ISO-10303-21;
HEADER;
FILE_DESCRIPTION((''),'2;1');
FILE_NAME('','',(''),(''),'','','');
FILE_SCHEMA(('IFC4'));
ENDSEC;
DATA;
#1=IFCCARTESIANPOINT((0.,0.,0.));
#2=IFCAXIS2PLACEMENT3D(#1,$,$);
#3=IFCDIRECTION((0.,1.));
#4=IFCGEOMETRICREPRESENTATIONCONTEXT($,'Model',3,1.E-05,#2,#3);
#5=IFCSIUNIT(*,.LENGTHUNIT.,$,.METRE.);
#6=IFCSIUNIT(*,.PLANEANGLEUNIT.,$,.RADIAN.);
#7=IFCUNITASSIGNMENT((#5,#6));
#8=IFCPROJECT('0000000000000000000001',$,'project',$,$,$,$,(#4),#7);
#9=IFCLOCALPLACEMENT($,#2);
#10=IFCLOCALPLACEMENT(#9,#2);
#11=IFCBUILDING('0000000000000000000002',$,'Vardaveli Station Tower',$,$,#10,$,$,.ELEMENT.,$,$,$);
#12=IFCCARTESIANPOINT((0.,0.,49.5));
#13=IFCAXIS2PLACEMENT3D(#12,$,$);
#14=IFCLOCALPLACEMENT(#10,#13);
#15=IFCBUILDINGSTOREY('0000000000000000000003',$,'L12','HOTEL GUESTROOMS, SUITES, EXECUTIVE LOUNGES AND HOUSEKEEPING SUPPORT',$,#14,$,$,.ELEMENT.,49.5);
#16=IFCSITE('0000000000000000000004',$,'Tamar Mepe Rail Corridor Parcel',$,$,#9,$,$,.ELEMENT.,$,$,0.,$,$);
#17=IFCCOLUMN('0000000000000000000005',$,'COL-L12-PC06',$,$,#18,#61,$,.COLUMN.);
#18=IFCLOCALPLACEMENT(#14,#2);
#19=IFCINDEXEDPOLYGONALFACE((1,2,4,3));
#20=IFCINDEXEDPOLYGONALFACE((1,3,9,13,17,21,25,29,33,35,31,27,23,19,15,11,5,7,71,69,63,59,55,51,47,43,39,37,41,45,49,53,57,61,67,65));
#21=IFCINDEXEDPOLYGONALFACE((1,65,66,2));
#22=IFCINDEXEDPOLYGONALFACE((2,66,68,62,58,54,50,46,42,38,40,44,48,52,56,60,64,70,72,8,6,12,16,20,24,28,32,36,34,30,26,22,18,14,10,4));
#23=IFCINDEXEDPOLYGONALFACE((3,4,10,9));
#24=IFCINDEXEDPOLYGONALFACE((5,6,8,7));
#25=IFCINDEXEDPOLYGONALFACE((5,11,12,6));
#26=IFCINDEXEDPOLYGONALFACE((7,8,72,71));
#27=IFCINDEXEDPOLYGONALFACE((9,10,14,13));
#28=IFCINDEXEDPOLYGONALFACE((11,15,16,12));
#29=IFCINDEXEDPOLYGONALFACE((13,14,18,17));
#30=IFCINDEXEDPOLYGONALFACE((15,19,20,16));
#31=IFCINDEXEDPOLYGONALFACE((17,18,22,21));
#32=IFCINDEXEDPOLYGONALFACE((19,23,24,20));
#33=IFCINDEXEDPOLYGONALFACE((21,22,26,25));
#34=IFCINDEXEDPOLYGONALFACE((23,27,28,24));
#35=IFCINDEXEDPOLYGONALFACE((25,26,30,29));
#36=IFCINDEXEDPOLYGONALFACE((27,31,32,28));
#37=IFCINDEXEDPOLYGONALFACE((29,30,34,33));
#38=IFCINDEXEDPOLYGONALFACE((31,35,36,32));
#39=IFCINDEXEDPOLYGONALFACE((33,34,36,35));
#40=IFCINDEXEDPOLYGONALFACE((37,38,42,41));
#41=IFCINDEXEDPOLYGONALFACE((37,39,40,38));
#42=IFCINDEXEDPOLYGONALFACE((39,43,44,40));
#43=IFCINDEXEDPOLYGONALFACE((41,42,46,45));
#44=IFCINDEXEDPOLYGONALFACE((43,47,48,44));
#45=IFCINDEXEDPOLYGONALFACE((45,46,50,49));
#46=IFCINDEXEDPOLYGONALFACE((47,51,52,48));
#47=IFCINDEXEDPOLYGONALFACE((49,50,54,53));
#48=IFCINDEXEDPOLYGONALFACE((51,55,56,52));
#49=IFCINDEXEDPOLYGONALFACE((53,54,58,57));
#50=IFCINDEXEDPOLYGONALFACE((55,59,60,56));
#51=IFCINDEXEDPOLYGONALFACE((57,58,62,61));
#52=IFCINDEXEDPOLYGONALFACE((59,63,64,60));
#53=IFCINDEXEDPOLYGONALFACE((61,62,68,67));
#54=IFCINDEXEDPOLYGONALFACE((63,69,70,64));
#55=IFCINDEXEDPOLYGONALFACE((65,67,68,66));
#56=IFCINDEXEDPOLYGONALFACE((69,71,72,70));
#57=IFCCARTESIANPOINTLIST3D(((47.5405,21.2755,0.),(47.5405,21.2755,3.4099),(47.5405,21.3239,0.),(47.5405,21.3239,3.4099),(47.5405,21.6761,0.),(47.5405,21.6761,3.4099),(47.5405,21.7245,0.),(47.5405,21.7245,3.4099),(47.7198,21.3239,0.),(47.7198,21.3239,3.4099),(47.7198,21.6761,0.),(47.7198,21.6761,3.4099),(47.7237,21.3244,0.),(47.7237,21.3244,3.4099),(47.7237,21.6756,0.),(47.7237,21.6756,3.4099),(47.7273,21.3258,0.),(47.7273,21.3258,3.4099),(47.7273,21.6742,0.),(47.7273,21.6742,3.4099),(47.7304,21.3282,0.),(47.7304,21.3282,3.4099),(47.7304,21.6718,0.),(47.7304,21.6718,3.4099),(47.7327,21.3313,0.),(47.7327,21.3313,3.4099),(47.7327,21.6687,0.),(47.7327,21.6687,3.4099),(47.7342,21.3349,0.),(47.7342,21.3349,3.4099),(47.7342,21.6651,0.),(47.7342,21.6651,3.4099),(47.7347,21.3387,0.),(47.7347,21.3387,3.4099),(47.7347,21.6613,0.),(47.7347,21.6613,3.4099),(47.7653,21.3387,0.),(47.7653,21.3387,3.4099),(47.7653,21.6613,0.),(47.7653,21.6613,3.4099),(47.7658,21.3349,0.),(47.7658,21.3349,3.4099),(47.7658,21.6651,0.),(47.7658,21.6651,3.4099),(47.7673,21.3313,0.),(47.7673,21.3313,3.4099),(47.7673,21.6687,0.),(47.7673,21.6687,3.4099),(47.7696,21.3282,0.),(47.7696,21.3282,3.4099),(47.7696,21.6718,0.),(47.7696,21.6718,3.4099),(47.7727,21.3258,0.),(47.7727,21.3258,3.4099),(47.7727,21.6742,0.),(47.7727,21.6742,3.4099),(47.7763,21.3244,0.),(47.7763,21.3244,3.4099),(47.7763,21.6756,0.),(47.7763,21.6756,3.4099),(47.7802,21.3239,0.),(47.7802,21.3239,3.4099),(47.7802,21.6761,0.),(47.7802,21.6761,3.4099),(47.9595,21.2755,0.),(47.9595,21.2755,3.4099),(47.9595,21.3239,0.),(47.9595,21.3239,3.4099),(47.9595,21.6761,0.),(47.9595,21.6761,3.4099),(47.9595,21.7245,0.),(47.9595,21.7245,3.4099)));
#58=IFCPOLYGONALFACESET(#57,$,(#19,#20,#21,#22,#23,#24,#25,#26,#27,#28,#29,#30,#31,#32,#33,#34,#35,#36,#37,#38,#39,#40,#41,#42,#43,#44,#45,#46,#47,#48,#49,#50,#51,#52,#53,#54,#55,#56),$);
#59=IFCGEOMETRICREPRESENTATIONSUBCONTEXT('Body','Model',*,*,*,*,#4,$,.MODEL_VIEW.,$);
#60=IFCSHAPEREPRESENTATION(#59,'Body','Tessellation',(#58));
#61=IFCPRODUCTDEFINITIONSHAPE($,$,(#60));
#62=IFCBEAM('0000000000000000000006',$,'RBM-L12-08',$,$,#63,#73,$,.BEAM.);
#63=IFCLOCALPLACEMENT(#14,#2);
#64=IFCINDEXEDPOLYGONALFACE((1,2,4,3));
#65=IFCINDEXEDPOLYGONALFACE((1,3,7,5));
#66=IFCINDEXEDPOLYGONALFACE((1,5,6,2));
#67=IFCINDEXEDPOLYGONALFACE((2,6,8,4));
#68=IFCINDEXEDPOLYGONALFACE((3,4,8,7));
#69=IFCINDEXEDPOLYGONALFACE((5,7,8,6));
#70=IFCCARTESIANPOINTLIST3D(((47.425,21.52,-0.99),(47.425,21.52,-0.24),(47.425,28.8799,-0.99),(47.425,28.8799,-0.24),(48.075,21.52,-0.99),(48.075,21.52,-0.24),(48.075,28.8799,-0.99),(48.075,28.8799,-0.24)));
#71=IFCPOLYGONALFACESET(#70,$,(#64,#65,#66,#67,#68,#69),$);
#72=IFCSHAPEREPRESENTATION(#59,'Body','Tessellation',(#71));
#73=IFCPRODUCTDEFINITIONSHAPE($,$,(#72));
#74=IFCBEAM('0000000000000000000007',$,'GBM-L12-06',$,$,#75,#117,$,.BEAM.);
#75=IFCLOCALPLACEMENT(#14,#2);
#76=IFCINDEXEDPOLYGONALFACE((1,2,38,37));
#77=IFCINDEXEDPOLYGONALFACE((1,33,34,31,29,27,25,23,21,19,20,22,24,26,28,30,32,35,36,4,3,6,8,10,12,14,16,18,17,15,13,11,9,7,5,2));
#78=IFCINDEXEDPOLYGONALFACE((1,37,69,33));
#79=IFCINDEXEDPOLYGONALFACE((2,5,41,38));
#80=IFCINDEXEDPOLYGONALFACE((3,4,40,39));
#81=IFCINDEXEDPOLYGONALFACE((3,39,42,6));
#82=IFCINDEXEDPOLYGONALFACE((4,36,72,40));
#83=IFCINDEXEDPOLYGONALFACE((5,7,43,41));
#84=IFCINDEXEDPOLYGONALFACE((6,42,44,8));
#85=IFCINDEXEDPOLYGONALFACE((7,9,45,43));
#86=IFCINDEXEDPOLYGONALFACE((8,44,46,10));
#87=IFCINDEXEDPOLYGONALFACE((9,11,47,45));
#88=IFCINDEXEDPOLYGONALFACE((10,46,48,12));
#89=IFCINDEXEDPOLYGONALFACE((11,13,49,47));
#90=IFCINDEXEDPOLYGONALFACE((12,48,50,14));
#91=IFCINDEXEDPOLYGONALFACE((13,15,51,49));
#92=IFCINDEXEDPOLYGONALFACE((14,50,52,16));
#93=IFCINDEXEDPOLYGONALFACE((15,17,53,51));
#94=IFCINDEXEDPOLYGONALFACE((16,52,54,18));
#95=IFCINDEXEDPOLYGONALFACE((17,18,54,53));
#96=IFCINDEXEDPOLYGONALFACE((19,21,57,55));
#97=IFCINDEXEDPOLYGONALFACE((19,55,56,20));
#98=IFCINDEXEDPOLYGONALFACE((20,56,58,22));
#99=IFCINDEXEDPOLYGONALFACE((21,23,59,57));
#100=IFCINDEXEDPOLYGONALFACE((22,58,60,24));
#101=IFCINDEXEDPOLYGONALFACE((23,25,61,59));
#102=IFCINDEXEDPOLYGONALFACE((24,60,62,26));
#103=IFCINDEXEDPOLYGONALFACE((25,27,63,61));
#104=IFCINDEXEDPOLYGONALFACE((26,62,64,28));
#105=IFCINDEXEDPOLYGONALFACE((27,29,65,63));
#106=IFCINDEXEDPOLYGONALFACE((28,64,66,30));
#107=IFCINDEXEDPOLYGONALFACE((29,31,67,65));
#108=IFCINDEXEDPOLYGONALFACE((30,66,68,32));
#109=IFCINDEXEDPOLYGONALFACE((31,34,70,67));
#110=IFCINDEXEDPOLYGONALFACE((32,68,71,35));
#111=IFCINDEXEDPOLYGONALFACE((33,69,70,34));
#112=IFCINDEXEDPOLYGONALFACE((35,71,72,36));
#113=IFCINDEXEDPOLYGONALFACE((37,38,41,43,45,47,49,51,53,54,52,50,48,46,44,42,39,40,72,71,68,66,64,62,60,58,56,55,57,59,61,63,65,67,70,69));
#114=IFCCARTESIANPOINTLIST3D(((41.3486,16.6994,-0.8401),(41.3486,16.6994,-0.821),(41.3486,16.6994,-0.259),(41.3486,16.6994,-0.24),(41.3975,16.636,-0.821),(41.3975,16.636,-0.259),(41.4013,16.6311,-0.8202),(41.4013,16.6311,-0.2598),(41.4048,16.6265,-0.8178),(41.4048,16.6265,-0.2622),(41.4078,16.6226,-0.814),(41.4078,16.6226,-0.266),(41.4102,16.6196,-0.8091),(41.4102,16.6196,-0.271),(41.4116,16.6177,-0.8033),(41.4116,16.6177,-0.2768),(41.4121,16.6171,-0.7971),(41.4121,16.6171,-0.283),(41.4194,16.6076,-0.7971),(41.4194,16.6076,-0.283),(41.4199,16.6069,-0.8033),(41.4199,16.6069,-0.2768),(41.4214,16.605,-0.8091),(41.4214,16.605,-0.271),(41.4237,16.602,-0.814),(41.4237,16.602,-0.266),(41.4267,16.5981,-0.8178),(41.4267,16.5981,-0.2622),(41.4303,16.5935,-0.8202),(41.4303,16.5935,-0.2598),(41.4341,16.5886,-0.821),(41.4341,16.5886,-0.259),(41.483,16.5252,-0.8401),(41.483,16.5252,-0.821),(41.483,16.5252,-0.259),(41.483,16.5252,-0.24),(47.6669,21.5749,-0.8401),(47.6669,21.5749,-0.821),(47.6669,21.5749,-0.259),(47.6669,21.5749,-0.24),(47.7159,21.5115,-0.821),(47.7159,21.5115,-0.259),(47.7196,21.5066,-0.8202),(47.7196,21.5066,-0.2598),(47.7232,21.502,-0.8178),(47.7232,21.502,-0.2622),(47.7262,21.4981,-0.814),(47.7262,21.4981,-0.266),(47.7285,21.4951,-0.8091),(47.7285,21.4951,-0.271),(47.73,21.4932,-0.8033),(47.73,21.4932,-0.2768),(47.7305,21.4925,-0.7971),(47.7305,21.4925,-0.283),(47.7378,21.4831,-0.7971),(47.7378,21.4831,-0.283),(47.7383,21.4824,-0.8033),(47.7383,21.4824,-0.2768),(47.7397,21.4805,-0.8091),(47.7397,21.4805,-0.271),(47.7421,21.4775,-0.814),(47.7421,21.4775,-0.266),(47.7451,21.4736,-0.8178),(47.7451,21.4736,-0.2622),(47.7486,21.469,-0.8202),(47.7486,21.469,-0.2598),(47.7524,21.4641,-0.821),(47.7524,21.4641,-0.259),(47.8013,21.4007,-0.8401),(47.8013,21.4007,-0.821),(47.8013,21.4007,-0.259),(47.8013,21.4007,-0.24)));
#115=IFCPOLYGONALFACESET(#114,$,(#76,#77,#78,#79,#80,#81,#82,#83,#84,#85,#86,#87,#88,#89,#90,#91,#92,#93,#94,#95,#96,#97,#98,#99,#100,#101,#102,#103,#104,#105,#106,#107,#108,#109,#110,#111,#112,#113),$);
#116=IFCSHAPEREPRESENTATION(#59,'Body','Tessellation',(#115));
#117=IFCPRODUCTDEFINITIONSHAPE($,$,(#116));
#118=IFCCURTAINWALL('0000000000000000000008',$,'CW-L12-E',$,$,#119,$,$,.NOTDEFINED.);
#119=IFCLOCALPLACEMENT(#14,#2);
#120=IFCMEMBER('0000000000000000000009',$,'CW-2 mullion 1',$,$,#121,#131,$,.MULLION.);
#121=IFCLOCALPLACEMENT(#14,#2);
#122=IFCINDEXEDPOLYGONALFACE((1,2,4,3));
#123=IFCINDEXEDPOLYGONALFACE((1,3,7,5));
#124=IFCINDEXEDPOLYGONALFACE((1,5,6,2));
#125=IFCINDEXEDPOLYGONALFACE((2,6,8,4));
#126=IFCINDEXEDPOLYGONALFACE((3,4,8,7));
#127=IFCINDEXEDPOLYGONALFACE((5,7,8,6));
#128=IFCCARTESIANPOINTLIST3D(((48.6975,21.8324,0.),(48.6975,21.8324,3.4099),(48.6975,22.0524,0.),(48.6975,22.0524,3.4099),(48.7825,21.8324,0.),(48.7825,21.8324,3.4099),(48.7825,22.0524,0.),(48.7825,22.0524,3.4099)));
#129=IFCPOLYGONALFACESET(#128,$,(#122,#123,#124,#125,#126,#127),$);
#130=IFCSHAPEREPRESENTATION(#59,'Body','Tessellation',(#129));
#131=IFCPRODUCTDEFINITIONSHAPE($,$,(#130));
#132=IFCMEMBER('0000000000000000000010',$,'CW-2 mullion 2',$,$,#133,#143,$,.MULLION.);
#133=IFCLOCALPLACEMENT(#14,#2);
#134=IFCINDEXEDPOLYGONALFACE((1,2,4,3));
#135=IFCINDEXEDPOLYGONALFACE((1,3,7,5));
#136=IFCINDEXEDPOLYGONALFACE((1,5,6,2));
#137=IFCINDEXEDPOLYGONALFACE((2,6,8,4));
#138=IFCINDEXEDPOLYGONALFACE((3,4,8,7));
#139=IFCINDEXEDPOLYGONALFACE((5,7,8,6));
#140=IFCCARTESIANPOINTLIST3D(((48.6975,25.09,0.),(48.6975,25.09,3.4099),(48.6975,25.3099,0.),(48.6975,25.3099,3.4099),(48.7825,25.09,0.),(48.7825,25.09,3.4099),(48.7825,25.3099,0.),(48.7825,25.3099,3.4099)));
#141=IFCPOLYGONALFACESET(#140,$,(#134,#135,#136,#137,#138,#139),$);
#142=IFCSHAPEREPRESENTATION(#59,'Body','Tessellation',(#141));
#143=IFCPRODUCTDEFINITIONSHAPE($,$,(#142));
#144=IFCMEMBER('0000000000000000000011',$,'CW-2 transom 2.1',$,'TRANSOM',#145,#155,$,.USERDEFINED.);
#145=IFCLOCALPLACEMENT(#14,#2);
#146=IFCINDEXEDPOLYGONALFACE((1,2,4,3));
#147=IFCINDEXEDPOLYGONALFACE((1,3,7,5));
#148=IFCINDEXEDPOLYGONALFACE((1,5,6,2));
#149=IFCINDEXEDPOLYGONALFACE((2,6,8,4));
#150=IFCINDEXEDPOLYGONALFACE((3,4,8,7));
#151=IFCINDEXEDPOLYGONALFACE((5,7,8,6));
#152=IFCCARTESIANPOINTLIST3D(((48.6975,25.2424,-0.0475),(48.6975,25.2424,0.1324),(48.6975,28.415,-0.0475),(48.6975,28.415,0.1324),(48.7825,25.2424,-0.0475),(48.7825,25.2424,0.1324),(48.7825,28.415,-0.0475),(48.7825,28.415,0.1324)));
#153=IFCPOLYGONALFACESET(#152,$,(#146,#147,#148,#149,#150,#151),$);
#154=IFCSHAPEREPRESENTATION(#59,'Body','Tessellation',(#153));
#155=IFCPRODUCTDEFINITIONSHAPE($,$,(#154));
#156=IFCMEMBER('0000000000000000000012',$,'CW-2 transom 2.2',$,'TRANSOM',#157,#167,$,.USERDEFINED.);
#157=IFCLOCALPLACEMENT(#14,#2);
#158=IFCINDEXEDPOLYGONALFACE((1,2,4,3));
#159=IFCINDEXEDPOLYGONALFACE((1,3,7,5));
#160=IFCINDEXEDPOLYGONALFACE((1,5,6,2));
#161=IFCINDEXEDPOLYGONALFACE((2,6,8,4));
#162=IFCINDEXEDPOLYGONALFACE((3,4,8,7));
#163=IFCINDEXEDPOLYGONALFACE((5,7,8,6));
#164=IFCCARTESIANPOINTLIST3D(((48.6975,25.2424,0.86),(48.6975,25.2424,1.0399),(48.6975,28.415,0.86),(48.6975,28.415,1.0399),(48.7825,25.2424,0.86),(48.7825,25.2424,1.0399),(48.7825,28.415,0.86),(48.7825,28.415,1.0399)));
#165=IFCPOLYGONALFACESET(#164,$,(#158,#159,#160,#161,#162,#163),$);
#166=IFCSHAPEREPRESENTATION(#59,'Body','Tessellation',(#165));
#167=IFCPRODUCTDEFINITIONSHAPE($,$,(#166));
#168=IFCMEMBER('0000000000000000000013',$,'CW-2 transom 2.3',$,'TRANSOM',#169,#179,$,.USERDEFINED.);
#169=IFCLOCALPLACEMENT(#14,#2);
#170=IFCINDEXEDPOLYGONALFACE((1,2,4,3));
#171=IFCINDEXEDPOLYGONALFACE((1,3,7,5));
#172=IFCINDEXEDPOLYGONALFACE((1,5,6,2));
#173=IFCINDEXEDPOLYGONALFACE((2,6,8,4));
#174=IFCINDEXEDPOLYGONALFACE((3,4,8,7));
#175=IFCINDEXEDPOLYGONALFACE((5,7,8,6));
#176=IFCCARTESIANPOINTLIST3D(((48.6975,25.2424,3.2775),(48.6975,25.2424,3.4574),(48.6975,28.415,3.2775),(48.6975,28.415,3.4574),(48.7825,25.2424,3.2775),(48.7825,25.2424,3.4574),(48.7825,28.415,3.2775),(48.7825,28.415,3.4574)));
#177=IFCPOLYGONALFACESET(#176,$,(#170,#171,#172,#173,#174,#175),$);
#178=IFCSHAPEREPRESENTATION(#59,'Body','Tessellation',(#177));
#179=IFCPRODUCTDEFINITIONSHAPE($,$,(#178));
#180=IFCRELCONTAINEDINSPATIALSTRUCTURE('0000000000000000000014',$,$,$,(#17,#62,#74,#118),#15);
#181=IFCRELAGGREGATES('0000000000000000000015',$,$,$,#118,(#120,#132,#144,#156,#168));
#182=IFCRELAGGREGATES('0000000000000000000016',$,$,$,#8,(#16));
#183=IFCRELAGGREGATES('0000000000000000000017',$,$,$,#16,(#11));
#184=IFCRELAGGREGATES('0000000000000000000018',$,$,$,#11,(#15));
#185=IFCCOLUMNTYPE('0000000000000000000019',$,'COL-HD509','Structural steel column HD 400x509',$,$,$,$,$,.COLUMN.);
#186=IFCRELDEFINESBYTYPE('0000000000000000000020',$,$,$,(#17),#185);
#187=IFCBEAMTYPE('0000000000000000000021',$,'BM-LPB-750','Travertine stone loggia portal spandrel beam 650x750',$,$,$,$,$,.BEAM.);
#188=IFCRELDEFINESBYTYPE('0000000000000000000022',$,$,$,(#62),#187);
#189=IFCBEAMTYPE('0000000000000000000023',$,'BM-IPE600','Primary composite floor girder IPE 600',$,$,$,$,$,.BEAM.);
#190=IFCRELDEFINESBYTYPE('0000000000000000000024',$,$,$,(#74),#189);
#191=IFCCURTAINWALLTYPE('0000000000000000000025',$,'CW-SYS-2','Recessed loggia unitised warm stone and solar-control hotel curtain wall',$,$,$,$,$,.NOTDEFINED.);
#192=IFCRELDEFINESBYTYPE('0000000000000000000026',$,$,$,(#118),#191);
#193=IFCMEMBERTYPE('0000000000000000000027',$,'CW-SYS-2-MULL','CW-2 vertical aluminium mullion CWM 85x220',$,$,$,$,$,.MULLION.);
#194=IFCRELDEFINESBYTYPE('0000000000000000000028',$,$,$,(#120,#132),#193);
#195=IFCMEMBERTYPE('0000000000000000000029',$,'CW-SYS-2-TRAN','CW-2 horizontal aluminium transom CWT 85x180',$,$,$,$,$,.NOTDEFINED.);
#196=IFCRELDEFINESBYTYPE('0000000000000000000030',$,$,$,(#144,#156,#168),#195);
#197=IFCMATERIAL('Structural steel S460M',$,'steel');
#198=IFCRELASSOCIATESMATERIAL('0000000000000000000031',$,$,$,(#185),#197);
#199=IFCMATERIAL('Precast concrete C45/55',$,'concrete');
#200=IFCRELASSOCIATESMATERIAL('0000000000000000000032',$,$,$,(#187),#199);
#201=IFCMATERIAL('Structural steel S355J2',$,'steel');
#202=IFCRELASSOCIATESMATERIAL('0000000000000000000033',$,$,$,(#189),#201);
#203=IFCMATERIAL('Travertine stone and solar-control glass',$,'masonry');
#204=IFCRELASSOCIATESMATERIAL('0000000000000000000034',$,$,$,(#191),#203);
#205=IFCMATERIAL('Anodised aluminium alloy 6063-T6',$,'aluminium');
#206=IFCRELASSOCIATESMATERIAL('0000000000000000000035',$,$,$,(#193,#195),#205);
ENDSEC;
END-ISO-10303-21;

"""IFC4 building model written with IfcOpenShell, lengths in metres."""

from ifc_helpers import new_model, si_unit, direction, frame, origin, origin_2d, place, context, subcontext, project, spatial, rectangle, i_section, extrude, source, transform, mapped, material, material_profile, profile_set, type_object, element, aggregate, save


model = new_model("IFC4")

# Units and contexts
model_context = context("Model", 3, precision=1e-05, world=origin(), true_north=direction((0.0, 1.0)))
body_context = subcontext(model_context, "Body", "Model", "MODEL_VIEW")
ifc_project = project(units=[si_unit("LENGTHUNIT", "METRE"), si_unit("PLANEANGLEUNIT", "RADIAN")], contexts=[model_context])

# Site, building, storey
site_placement = place(None, origin())
site = spatial("IfcSite", under=ifc_project, at=site_placement, Name="Tamar Mepe Rail Corridor Parcel", CompositionType="ELEMENT", RefElevation=0.0)
building_placement = place(site_placement, origin())
building = spatial("IfcBuilding", under=site, at=building_placement, Name="Vardaveli Station Tower", CompositionType="ELEMENT")
storey_placement = place(building_placement, frame((0.0, 0.0, 49.5)))
storey = spatial("IfcBuildingStorey", under=building, at=storey_placement, Name="L12", Description="HOTEL GUESTROOMS, SUITES, EXECUTIVE LOUNGES AND HOUSEKEEPING SUPPORT", CompositionType="ELEMENT", Elevation=49.5)

# Column
ifc_material_1 = material(Name="Structural steel S460M", Category="steel")
ifc_material_profile_1 = material_profile(ifc_material_1, i_section(OverallWidth=0.4189, OverallDepth=0.449, WebThickness=0.0305, FlangeThickness=0.0483, FilletRadius=0.0149, at=origin_2d()), Name="HD 400x509")
ifc_profile_set_1 = profile_set([ifc_material_profile_1], Name="Structural steel S460M")
column_type = type_object("IfcColumnType", Name="COL-HD509", Description="Structural steel column HD 400x509", PredefinedType="COLUMN", material=ifc_profile_set_1)
shared_shape_1 = source(origin(), body_context, "Body", "SweptSolid", [
    extrude(i_section(OverallWidth=0.4189, OverallDepth=0.449, WebThickness=0.0305, FlangeThickness=0.0483, FilletRadius=0.0149, at=origin_2d()), origin(), (0.0, 0.0, 1.0), 3.4099),
])
column_placement = place(storey_placement, frame((47.75, 21.5, 0.0), z_axis=(0.0, 0.0, 1.0), x_axis=(1.0, 0.0, 0.0)))
element("IfcColumn", 1, at=column_placement, inside=storey, type_object=column_type, Name="COL-L12-PC06", PredefinedType="COLUMN", context=body_context, shape_type="MappedRepresentation", body=[
    mapped(shared_shape_1, transform((0.0, 0.0, 0.0), scale=1.0)),
])

# Beams
ifc_material_2 = material(Name="Precast concrete C45/55", Category="concrete")
ifc_material_profile_2 = material_profile(ifc_material_2, rectangle(XDim=0.6499, YDim=0.75, at=origin_2d()), Name="LPB 650x750")
ifc_profile_set_2 = profile_set([ifc_material_profile_2], Name="Precast concrete C45/55")
beam_type_1 = type_object("IfcBeamType", Name="BM-LPB-750", Description="Travertine stone loggia portal spandrel beam 650x750", PredefinedType="BEAM", material=ifc_profile_set_2)
shared_shape_2 = source(origin(), body_context, "Body", "SweptSolid", [
    extrude(rectangle(XDim=0.6499, YDim=0.75, at=origin_2d()), origin(), (0.0, 0.0, 1.0), 7.3599),
])
beam_1_placement = place(storey_placement, frame((47.75, 21.52, -0.615), z_axis=(0.0, 1.0, 0.0), x_axis=(-1.0, 0.0, 0.0)))
element("IfcBeam", 2, at=beam_1_placement, inside=storey, type_object=beam_type_1, Name="RBM-L12-08", PredefinedType="BEAM", context=body_context, shape_type="MappedRepresentation", body=[
    mapped(shared_shape_2, transform((0.0, 0.0, 0.0), scale=1.0)),
])
ifc_material_3 = material(Name="Structural steel S355J2", Category="steel")
ifc_material_profile_3 = material_profile(ifc_material_3, i_section(OverallWidth=0.22, OverallDepth=0.6001, WebThickness=0.012, FlangeThickness=0.019, FilletRadius=0.0239, at=origin_2d()), Name="IPE 600")
ifc_profile_set_3 = profile_set([ifc_material_profile_3], Name="Structural steel S355J2")
beam_type_2 = type_object("IfcBeamType", Name="BM-IPE600", Description="Primary composite floor girder IPE 600", PredefinedType="BEAM", material=ifc_profile_set_3)
shared_shape_3 = source(origin(), body_context, "Body", "SweptSolid", [
    extrude(i_section(OverallWidth=0.22, OverallDepth=0.6001, WebThickness=0.012, FlangeThickness=0.019, FilletRadius=0.0239, at=origin_2d()), origin(), (0.0, 0.0, 1.0), 7.9807),
])
beam_2_placement = place(storey_placement, frame((47.7341, 21.4878, -0.54), z_axis=(-0.791702, -0.610908, 0.0), x_axis=(0.610908, -0.791702, 0.0)))
element("IfcBeam", 3, at=beam_2_placement, inside=storey, type_object=beam_type_2, Name="GBM-L12-06", PredefinedType="BEAM", context=body_context, shape_type="MappedRepresentation", body=[
    mapped(shared_shape_3, transform((0.0, 0.0, 0.0), scale=1.0)),
])

# Curtain wall, members
ifc_material_4 = material(Name="Travertine stone and solar-control glass", Category="masonry")
curtain_wall_type = type_object("IfcCurtainWallType", Name="CW-SYS-2", Description="Recessed loggia unitised warm stone and solar-control hotel curtain wall", PredefinedType="NOTDEFINED", material=ifc_material_4)
curtain_wall_placement = place(storey_placement, origin())
curtain_wall = element("IfcCurtainWall", 4, at=curtain_wall_placement, inside=storey, type_object=curtain_wall_type, Name="CW-L12-E", PredefinedType="NOTDEFINED")
ifc_material_5 = material(Name="Anodised aluminium alloy 6063-T6", Category="aluminium")
ifc_material_profile_4 = material_profile(ifc_material_5, rectangle(XDim=0.085, YDim=0.22, at=origin_2d()), Name="CWM 85x220")
ifc_profile_set_4 = profile_set([ifc_material_profile_4], Name="Anodised aluminium alloy 6063-T6")
member_type_1 = type_object("IfcMemberType", Name="CW-SYS-2-MULL", Description="CW-2 vertical aluminium mullion CWM 85x220", PredefinedType="MULLION", material=ifc_profile_set_4)
shared_shape_4 = source(origin(), body_context, "Body", "SweptSolid", [
    extrude(rectangle(XDim=0.085, YDim=0.22, at=origin_2d()), origin(), (0.0, 0.0, 1.0), 3.4099),
])
member_1_placement = place(storey_placement, frame((48.74, 21.9424, 0.0), z_axis=(0.0, 0.0, 1.0), x_axis=(-1.0, 0.0, 0.0)))
member_1 = element("IfcMember", 5, at=member_1_placement, type_object=member_type_1, Name="CW-2 mullion 1", PredefinedType="MULLION", context=body_context, shape_type="MappedRepresentation", body=[
    mapped(shared_shape_4, transform((0.0, 0.0, 0.0), scale=1.0)),
])
member_2_placement = place(storey_placement, frame((48.74, 25.2, 0.0), z_axis=(0.0, 0.0, 1.0), x_axis=(-1.0, 0.0, 0.0)))
member_2 = element("IfcMember", 6, at=member_2_placement, type_object=member_type_1, Name="CW-2 mullion 2", PredefinedType="MULLION", context=body_context, shape_type="MappedRepresentation", body=[
    mapped(shared_shape_4, transform((0.0, 0.0, 0.0), scale=1.0)),
])
ifc_material_profile_5 = material_profile(ifc_material_5, rectangle(XDim=0.085, YDim=0.1799, at=origin_2d()), Name="CWT 85x180")
ifc_profile_set_5 = profile_set([ifc_material_profile_5], Name="Anodised aluminium alloy 6063-T6")
member_type_2 = type_object("IfcMemberType", Name="CW-SYS-2-TRAN", Description="CW-2 horizontal aluminium transom CWT 85x180", PredefinedType="NOTDEFINED", material=ifc_profile_set_5)
shared_shape_5 = source(origin(), body_context, "Body", "SweptSolid", [
    extrude(rectangle(XDim=0.085, YDim=0.1799, at=origin_2d()), origin(), (0.0, 0.0, 1.0), 3.1726),
])
member_3_placement = place(storey_placement, frame((48.74, 25.2424, 0.0425), z_axis=(0.0, 1.0, 0.0), x_axis=(-1.0, 0.0, 0.0)))
member_3 = element("IfcMember", 7, at=member_3_placement, type_object=member_type_2, Name="CW-2 transom 2.1", ObjectType="TRANSOM", PredefinedType="USERDEFINED", context=body_context, shape_type="MappedRepresentation", body=[
    mapped(shared_shape_5, transform((0.0, 0.0, 0.0), scale=1.0)),
])
member_4_placement = place(storey_placement, frame((48.74, 25.2424, 0.95), z_axis=(0.0, 1.0, 0.0), x_axis=(-1.0, 0.0, 0.0)))
member_4 = element("IfcMember", 8, at=member_4_placement, type_object=member_type_2, Name="CW-2 transom 2.2", ObjectType="TRANSOM", PredefinedType="USERDEFINED", context=body_context, shape_type="MappedRepresentation", body=[
    mapped(shared_shape_5, transform((0.0, 0.0, 0.0), scale=1.0)),
])
member_5_placement = place(storey_placement, frame((48.74, 25.2424, 3.3674), z_axis=(0.0, 1.0, 0.0), x_axis=(-1.0, 0.0, 0.0)))
member_5 = element("IfcMember", 9, at=member_5_placement, type_object=member_type_2, Name="CW-2 transom 2.3", ObjectType="TRANSOM", PredefinedType="USERDEFINED", context=body_context, shape_type="MappedRepresentation", body=[
    mapped(shared_shape_5, transform((0.0, 0.0, 0.0), scale=1.0)),
])
aggregate(curtain_wall, [member_1, member_2, member_3, member_4, member_5])

save(model, "model.ifc")
